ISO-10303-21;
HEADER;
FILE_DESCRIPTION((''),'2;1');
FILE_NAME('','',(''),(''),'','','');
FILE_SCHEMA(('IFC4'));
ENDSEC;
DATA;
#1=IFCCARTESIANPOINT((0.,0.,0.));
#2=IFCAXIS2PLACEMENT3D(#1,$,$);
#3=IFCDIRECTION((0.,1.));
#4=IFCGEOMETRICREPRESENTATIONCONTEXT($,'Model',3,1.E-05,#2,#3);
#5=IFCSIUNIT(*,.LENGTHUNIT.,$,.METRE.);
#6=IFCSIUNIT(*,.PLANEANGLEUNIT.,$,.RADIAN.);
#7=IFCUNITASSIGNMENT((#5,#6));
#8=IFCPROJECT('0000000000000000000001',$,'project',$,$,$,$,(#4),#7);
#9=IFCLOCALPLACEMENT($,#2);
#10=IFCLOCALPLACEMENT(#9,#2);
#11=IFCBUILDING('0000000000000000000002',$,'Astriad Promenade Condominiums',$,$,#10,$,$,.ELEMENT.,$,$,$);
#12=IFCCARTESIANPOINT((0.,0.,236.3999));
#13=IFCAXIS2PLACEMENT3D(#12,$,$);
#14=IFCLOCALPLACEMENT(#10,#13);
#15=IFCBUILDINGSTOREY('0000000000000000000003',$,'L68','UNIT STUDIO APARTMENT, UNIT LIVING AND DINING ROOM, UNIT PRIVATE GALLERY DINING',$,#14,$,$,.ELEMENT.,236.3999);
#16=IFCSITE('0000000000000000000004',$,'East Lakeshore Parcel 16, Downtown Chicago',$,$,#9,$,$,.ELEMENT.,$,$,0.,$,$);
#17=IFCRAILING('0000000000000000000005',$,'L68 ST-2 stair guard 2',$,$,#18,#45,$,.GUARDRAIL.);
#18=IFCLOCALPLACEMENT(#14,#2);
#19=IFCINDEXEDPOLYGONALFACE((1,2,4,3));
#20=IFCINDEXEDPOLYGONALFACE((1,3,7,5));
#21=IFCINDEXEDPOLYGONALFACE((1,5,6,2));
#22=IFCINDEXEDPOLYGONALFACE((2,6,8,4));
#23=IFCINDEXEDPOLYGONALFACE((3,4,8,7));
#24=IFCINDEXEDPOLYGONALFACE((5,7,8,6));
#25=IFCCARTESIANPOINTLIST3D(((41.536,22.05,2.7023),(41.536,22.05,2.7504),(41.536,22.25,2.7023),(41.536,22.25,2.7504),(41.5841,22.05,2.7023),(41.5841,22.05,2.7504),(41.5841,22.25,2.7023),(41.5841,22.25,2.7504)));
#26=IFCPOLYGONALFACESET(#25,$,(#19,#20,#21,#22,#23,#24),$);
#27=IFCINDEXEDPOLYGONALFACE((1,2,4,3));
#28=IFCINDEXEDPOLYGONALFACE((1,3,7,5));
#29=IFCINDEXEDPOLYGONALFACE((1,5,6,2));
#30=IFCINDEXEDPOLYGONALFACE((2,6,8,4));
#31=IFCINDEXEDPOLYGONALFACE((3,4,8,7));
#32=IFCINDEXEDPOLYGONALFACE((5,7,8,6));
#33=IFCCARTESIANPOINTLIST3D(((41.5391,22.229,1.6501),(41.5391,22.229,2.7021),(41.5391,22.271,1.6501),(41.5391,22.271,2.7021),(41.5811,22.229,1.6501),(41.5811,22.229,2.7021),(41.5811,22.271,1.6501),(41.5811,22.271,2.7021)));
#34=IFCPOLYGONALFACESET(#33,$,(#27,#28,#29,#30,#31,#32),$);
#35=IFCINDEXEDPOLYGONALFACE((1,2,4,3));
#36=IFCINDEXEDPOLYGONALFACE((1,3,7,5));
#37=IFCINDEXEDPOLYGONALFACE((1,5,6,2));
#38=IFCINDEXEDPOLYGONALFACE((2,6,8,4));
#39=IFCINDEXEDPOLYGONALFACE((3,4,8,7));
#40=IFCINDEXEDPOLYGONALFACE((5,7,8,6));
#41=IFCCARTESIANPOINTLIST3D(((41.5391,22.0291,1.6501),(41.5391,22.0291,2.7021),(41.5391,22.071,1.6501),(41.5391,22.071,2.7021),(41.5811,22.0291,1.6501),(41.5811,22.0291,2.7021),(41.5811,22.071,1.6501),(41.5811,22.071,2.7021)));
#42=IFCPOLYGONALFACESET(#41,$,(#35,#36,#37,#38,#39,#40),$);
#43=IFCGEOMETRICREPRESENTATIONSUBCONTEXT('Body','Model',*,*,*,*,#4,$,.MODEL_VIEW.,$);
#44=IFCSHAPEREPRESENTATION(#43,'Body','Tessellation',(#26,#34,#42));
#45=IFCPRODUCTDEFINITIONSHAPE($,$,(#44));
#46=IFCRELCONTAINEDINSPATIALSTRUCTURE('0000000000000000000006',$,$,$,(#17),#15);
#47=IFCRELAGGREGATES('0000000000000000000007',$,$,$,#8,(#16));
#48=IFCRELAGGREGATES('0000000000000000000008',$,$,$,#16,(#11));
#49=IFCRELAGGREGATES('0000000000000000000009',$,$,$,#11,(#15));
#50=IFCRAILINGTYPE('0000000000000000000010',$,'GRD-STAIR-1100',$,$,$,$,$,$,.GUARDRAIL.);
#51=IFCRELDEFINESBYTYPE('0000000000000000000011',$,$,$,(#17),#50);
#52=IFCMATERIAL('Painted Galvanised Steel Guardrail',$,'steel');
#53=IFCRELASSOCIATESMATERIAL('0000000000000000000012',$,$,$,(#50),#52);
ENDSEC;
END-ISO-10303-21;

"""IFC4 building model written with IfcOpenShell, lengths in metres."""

from ifc_helpers import new_model, si_unit, direction, frame, origin, origin_2d, place, context, subcontext, project, spatial, rectangle, extrude, source, transform, mapped, material, type_object, element, save


model = new_model("IFC4")

# Units and contexts
model_context = context("Model", 3, precision=1e-05, world=origin(), true_north=direction((0.0, 1.0)))
body_context = subcontext(model_context, "Body", "Model", "MODEL_VIEW")
ifc_project = project(units=[si_unit("LENGTHUNIT", "METRE"), si_unit("PLANEANGLEUNIT", "RADIAN")], contexts=[model_context])

# Site, building, storey
site_placement = place(None, origin())
site = spatial("IfcSite", under=ifc_project, at=site_placement, Name="East Lakeshore Parcel 16, Downtown Chicago", CompositionType="ELEMENT", RefElevation=0.0)
building_placement = place(site_placement, origin())
building = spatial("IfcBuilding", under=site, at=building_placement, Name="Astriad Promenade Condominiums", CompositionType="ELEMENT")
storey_placement = place(building_placement, frame((0.0, 0.0, 236.3999)))
storey = spatial("IfcBuildingStorey", under=building, at=storey_placement, Name="L68", Description="UNIT STUDIO APARTMENT, UNIT LIVING AND DINING ROOM, UNIT PRIVATE GALLERY DINING", CompositionType="ELEMENT", Elevation=236.3999)

# Railing
ifc_material_1 = material(Name="Painted Galvanised Steel Guardrail", Category="steel")
railing_type_1 = type_object("IfcRailingType", Name="GRD-STAIR-1100", PredefinedType="GUARDRAIL", material=ifc_material_1)
shared_shape_1 = source(origin(), body_context, "Body", "SweptSolid", [
    extrude(rectangle(XDim=0.0481, YDim=0.0481, at=origin_2d()), frame((0.0, 0.0, 1.0762), z_axis=(0.0, -1.0, 0.0), x_axis=(1.0, 0.0, 0.0)), (0.0, 0.0, 1.0), 0.2),
    extrude(rectangle(XDim=0.042, YDim=0.042, at=origin_2d()), origin(), (0.0, 0.0, 1.0), 1.052),
    extrude(rectangle(XDim=0.042, YDim=0.042, at=origin_2d()), frame((0.0, -0.2, 0.0)), (0.0, 0.0, 1.0), 1.052),
])
railing_1_placement = place(storey_placement, frame((41.5601, 22.25, 1.6501)))
element("IfcRailing", 1, at=railing_1_placement, inside=storey, type_object=railing_type_1, Name="L68 ST-2 stair guard 2", PredefinedType="GUARDRAIL", context=body_context, shape_type="MappedRepresentation", body=[
    mapped(shared_shape_1, transform((0.0, 0.0, 0.0), scale=1.0)),
])

save(model, "model.ifc")
